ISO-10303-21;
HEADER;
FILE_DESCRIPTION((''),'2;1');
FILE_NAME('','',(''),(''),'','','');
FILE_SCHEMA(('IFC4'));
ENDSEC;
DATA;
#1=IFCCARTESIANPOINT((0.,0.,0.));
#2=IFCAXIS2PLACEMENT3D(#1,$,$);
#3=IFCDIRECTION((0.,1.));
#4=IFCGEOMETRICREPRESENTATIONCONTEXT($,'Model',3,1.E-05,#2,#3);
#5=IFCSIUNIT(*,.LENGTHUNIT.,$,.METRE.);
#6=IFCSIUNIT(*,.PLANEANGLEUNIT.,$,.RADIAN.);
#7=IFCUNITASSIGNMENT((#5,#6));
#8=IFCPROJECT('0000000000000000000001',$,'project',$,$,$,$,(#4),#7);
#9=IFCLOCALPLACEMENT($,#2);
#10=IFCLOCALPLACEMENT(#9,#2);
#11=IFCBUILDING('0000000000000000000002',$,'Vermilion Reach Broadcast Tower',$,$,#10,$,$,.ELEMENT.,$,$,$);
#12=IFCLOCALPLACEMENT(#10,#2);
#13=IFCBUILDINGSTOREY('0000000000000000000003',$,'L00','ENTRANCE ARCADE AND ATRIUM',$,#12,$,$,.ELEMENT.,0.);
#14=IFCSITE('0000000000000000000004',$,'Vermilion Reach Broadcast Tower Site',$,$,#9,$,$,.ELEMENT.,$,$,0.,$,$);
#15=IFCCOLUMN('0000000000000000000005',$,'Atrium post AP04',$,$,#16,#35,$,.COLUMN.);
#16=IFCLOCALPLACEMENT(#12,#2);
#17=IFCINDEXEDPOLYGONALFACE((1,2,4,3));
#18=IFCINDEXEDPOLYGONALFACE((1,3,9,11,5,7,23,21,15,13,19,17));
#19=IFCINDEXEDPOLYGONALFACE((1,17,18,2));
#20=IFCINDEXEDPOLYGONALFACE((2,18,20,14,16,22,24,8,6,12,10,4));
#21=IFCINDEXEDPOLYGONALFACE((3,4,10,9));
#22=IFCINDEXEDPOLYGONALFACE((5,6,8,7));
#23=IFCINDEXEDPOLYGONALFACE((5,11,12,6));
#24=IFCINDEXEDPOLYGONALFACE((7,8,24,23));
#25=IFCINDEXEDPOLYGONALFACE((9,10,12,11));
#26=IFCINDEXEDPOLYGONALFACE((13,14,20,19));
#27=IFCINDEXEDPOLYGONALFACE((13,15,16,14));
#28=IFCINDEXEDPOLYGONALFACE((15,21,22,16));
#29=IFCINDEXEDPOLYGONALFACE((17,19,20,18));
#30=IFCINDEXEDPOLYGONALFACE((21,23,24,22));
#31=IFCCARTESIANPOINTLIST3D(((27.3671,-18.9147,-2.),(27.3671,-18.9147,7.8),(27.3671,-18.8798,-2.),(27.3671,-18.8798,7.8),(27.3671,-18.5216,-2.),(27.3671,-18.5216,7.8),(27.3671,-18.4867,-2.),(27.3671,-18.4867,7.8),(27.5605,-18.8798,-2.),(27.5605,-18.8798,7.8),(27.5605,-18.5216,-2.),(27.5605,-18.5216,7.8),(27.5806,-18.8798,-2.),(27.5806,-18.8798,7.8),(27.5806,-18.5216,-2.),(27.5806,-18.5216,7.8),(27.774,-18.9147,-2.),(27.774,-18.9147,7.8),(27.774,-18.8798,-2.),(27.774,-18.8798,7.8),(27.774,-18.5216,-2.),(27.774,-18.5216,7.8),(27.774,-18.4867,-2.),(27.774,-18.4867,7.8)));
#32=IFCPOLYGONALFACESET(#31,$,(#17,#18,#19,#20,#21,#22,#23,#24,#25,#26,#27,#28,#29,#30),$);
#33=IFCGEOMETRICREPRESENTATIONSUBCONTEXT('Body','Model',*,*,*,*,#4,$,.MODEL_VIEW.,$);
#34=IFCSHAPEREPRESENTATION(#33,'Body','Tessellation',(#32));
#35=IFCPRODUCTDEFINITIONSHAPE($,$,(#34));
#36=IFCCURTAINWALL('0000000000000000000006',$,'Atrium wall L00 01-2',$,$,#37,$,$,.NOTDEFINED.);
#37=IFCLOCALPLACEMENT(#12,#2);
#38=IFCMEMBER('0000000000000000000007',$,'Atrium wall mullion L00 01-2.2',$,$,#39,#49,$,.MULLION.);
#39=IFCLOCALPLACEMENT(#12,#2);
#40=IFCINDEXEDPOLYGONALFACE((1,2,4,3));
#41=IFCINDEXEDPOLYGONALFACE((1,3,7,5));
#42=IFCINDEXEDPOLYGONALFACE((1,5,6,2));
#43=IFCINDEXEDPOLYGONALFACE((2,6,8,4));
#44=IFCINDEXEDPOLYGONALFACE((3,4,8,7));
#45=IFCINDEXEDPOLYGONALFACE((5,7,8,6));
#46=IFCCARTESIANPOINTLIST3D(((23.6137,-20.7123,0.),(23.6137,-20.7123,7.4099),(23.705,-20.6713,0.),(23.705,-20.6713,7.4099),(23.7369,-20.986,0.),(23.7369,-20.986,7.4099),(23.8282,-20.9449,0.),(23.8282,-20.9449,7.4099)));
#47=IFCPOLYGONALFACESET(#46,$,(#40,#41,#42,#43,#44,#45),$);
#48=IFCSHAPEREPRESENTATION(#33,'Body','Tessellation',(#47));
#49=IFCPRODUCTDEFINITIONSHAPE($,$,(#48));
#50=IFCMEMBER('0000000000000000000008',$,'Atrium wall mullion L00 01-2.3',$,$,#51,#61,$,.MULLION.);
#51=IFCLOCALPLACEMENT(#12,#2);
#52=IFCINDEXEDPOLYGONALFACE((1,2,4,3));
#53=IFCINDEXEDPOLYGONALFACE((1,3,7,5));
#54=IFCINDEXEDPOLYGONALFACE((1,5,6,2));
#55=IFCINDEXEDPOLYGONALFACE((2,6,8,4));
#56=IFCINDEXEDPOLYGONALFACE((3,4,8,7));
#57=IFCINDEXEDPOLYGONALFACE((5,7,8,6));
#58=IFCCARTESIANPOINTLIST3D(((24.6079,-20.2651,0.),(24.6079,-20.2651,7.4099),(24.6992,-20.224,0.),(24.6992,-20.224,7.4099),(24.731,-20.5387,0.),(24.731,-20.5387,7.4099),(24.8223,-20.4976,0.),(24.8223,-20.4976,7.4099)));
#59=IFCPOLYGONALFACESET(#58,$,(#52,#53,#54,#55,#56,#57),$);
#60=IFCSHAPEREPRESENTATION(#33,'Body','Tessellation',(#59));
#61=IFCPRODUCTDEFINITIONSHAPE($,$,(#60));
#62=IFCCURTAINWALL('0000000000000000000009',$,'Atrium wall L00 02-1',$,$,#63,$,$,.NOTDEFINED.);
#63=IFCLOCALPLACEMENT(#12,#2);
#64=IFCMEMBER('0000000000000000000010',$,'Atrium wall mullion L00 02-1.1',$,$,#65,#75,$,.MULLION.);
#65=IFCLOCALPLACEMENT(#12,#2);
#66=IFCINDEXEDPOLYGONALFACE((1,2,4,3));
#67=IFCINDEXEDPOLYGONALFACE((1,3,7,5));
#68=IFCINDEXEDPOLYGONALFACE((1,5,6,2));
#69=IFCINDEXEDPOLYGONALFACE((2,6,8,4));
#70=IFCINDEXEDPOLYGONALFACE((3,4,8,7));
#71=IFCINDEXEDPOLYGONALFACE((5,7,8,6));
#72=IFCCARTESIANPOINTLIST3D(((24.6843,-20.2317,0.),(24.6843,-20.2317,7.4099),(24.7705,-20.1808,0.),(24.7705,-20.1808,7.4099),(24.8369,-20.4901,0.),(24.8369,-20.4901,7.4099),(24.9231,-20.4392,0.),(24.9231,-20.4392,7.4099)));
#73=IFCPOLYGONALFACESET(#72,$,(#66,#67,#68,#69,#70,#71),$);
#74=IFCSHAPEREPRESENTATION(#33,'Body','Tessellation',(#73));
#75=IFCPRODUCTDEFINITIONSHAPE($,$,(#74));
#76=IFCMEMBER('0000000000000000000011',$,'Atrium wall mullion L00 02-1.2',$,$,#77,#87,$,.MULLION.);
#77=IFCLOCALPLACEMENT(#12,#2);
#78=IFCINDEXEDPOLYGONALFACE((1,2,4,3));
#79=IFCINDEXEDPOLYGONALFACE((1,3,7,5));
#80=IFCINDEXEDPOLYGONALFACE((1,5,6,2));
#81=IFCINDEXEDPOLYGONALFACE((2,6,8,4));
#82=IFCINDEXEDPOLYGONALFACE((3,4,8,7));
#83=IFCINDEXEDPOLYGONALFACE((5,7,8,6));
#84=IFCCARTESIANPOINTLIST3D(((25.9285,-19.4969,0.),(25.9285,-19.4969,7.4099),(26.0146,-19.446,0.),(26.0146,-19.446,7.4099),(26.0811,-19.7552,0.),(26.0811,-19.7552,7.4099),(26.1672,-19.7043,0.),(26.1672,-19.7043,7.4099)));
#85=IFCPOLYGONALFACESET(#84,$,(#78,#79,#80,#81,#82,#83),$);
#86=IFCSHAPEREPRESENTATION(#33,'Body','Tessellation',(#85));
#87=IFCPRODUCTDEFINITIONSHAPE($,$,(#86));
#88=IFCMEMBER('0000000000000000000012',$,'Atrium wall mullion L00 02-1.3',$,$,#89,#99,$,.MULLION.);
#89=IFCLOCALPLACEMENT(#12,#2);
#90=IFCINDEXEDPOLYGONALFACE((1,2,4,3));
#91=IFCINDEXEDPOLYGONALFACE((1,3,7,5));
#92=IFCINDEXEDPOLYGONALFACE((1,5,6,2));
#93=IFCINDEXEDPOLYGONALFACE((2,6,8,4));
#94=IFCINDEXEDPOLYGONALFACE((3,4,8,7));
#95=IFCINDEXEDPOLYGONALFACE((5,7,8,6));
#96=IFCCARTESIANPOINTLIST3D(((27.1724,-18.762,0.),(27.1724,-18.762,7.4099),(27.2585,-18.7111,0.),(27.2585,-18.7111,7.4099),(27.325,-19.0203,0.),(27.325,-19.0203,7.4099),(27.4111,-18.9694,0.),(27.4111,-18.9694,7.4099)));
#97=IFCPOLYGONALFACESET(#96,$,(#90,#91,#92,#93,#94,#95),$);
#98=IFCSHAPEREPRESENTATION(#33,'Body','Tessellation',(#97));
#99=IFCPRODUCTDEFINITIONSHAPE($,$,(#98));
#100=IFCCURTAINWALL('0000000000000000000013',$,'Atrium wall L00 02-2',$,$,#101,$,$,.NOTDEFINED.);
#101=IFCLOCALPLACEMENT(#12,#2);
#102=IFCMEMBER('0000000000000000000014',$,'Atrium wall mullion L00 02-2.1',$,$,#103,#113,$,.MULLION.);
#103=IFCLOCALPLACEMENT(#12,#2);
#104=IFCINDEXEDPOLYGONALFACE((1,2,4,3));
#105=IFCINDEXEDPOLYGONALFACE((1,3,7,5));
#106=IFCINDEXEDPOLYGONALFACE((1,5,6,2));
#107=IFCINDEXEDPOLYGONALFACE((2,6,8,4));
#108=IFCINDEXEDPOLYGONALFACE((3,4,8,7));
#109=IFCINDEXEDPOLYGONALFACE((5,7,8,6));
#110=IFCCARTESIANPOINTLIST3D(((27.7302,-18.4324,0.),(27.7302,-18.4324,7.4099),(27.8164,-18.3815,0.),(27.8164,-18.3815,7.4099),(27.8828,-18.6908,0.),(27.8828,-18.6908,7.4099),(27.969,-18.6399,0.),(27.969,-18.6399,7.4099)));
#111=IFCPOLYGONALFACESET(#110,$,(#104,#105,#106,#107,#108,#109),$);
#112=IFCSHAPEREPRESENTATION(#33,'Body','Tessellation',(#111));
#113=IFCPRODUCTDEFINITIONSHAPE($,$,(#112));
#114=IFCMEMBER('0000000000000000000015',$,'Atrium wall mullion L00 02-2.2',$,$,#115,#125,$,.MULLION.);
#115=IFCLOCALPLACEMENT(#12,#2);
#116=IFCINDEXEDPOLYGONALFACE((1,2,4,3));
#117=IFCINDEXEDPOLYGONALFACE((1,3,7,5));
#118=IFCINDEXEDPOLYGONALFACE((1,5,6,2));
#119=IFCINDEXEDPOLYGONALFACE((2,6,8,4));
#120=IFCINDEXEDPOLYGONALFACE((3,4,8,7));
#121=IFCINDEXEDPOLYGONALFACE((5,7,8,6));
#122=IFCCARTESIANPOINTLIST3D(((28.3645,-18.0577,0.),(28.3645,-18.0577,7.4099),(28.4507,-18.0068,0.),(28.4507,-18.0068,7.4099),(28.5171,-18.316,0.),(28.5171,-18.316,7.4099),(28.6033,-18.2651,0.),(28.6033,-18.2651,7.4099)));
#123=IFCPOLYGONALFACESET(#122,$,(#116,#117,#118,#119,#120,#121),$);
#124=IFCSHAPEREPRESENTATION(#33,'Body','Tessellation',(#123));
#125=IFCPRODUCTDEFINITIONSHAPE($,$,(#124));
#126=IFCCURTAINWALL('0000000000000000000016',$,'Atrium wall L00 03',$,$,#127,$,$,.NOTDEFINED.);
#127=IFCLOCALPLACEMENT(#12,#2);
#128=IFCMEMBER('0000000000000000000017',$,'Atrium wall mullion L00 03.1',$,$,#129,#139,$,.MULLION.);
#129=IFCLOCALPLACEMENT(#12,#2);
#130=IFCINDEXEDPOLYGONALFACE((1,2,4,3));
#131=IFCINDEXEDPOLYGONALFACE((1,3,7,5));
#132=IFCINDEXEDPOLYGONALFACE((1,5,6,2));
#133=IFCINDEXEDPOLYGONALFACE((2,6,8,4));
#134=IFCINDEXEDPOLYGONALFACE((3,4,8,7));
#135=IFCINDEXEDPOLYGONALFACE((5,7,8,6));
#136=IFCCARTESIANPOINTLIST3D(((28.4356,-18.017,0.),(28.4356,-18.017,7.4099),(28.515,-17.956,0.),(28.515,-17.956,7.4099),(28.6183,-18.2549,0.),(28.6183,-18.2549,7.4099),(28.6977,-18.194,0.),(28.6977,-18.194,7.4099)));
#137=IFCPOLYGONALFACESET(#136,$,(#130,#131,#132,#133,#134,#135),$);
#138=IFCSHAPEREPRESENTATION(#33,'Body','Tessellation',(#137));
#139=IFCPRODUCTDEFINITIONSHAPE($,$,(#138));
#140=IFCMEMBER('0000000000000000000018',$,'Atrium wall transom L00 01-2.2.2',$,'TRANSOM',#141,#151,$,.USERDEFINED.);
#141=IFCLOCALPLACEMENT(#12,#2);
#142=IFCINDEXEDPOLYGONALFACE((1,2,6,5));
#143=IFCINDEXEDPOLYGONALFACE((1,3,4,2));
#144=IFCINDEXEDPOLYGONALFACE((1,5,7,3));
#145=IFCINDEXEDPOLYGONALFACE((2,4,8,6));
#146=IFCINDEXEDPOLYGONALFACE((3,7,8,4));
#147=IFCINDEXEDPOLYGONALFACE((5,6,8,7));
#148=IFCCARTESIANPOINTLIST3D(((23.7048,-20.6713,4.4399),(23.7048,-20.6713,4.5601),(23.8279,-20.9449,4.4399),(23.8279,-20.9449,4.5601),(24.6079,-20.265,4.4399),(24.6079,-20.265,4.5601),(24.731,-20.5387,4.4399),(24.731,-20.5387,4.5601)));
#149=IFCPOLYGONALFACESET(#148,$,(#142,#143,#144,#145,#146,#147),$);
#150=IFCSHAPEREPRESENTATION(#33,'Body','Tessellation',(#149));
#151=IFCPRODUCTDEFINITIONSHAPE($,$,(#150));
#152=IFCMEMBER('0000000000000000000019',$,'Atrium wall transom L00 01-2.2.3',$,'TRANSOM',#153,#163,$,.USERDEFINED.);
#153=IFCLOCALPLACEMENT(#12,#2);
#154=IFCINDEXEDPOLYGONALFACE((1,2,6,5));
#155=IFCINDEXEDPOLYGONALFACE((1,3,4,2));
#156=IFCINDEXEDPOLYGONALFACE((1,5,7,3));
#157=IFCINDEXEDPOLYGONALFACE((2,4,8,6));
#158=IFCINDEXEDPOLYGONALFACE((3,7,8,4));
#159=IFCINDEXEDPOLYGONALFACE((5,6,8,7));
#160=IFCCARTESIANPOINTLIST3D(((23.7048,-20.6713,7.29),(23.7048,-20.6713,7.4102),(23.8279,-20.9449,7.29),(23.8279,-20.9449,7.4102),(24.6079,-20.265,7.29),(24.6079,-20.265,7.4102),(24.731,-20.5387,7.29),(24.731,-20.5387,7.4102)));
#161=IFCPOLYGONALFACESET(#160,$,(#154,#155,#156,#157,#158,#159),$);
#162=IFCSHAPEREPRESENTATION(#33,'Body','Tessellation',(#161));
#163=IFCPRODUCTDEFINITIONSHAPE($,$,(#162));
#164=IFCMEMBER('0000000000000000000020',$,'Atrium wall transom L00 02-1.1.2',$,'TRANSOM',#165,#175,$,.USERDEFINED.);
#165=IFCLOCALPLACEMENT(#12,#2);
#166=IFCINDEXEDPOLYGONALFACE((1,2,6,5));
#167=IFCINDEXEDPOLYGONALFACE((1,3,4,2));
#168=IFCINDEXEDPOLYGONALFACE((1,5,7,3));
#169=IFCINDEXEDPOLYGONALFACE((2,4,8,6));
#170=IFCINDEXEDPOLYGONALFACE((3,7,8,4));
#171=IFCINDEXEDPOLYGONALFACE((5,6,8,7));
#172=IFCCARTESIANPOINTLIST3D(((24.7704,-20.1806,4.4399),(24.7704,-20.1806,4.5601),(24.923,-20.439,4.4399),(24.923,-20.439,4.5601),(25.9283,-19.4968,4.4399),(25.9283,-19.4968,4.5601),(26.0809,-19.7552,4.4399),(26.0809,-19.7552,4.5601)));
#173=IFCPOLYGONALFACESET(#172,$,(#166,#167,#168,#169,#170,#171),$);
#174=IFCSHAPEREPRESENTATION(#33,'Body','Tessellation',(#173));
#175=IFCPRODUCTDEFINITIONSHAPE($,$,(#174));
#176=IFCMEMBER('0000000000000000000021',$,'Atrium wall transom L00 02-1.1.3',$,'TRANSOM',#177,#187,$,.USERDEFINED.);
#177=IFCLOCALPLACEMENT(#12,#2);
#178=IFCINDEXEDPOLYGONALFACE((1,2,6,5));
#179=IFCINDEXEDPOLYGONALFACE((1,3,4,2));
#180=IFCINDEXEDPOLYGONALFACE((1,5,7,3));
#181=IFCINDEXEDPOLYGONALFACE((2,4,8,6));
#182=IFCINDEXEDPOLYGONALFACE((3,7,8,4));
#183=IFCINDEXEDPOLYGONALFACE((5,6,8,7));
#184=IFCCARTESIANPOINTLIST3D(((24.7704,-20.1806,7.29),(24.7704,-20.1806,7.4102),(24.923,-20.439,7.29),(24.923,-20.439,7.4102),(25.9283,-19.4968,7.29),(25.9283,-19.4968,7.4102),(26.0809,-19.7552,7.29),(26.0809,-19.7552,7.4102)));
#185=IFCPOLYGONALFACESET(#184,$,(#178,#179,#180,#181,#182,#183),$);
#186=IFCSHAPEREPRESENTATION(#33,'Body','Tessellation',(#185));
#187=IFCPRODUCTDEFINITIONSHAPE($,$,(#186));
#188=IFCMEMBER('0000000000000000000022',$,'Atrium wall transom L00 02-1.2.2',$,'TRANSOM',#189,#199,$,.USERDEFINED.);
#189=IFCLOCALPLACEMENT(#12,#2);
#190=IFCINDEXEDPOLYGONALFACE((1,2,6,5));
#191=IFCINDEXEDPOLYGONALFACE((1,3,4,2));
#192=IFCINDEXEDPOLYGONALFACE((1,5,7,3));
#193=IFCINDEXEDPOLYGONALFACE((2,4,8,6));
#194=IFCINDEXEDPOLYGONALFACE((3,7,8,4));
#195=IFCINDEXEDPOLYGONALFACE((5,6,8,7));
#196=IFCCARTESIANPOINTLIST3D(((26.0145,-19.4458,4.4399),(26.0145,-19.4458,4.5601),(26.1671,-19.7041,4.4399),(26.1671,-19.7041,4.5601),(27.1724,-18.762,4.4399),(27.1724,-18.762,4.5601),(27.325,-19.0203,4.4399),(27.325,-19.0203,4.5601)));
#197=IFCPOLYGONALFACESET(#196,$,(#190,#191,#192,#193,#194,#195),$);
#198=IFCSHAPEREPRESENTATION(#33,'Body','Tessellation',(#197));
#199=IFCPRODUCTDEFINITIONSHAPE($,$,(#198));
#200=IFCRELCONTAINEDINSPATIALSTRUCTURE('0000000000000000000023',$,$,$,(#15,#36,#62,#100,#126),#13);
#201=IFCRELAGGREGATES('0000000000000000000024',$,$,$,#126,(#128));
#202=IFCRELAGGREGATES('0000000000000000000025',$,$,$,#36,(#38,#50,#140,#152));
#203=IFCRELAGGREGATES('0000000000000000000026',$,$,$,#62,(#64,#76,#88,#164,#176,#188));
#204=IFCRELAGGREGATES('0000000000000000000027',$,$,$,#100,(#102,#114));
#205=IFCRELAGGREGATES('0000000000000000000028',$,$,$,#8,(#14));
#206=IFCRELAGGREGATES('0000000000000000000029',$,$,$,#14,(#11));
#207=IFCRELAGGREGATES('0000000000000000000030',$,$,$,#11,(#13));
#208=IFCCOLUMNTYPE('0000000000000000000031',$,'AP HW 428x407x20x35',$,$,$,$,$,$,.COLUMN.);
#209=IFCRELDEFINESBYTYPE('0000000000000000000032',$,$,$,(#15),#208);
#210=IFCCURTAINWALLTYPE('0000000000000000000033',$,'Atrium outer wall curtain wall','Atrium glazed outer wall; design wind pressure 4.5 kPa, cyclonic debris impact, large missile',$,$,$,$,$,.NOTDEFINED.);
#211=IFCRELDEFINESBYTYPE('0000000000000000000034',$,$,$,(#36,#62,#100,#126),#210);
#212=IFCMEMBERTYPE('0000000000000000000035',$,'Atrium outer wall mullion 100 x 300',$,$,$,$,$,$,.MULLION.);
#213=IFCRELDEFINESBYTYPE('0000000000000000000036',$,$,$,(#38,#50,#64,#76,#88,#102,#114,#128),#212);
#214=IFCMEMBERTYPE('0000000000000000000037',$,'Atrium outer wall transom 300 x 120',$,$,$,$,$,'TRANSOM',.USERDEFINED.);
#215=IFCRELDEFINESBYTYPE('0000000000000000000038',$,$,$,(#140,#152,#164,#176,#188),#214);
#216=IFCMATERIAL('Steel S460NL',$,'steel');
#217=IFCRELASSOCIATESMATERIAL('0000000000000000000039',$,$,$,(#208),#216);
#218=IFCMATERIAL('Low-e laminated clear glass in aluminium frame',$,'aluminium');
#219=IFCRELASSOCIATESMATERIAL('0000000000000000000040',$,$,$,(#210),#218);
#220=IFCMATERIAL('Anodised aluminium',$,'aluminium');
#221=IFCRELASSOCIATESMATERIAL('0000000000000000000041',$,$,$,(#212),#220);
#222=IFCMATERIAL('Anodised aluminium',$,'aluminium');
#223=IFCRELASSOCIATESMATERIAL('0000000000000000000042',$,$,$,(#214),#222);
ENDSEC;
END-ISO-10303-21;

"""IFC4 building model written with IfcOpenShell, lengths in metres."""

from ifc_helpers import new_model, si_unit, direction, frame, origin, origin_2d, place, context, subcontext, project, spatial, rectangle, i_section, extrude, material, material_profile, profile_set, type_object, element, aggregate, save


model = new_model("IFC4")

# Units and contexts
model_context = context("Model", 3, precision=1e-05, world=origin(), true_north=direction((0.0, 1.0)))
body_context = subcontext(model_context, "Body", "Model", "MODEL_VIEW")
ifc_project = project(units=[si_unit("LENGTHUNIT", "METRE"), si_unit("PLANEANGLEUNIT", "RADIAN")], contexts=[model_context])

# Site, building, storey
site_placement = place(None, origin())
site = spatial("IfcSite", under=ifc_project, at=site_placement, Name="Vermilion Reach Broadcast Tower Site", CompositionType="ELEMENT", RefElevation=0.0)
building_placement = place(site_placement, origin())
building = spatial("IfcBuilding", under=site, at=building_placement, Name="Vermilion Reach Broadcast Tower", CompositionType="ELEMENT")
storey_placement = place(building_placement, origin())
storey = spatial("IfcBuildingStorey", under=building, at=storey_placement, Name="L00", Description="ENTRANCE ARCADE AND ATRIUM", CompositionType="ELEMENT", Elevation=0.0)

# Column
ifc_material_1 = material(Name="Steel S460NL", Category="steel")
ifc_material_profile_1 = material_profile(ifc_material_1, i_section(OverallWidth=0.407, OverallDepth=0.428, WebThickness=0.02, FlangeThickness=0.0349, at=origin_2d()), Name="S460NL HW 428x407x20x35")
ifc_profile_set_1 = profile_set([ifc_material_profile_1], Name="Steel S460NL")
column_type = type_object("IfcColumnType", Name="AP HW 428x407x20x35", PredefinedType="COLUMN", material=ifc_profile_set_1)
column_placement = place(storey_placement, frame((27.5706, -18.7007, -2.0), z_axis=(0.0, 0.0, 1.0), x_axis=(1.0, 0.0, 0.0)))
element("IfcColumn", 1, at=column_placement, inside=storey, type_object=column_type, Name="Atrium post AP04", PredefinedType="COLUMN", context=body_context, shape_type="SweptSolid", body=[
    extrude(i_section(OverallWidth=0.407, OverallDepth=0.428, WebThickness=0.02, FlangeThickness=0.0349, at=origin_2d()), origin(), (0.0, 0.0, 1.0), 9.8),
])

# Curtain walls, members
ifc_material_2 = material(Name="Low-e laminated clear glass in aluminium frame", Category="aluminium")
curtain_wall_type = type_object("IfcCurtainWallType", Name="Atrium outer wall curtain wall", Description="Atrium glazed outer wall; design wind pressure 4.5 kPa, cyclonic debris impact, large missile", PredefinedType="NOTDEFINED", material=ifc_material_2)
placement = place(storey_placement, origin())
curtain_wall_1 = element("IfcCurtainWall", 2, at=placement, inside=storey, type_object=curtain_wall_type, Name="Atrium wall L00 01-2", PredefinedType="NOTDEFINED")
ifc_material_3 = material(Name="Anodised aluminium", Category="aluminium")
ifc_material_profile_2 = material_profile(ifc_material_3, rectangle(XDim=0.3, YDim=0.1001, at=origin_2d()), Name="Atrium outer wall mullion 100 x 300")
ifc_profile_set_2 = profile_set([ifc_material_profile_2], Name="Anodised aluminium")
member_type_1 = type_object("IfcMemberType", Name="Atrium outer wall mullion 100 x 300", PredefinedType="MULLION", material=ifc_profile_set_2)
member_1_placement = place(storey_placement, frame((23.7209, -20.8286, 0.0), z_axis=(0.0, 0.0, 1.0), x_axis=(-0.410408, 0.911902, 0.0)))
member_1 = element("IfcMember", 3, at=member_1_placement, type_object=member_type_1, Name="Atrium wall mullion L00 01-2.2", PredefinedType="MULLION", context=body_context, shape_type="SweptSolid", body=[
    extrude(rectangle(XDim=0.3, YDim=0.1001, at=origin_2d()), origin(), (0.0, 0.0, 1.0), 7.4099),
])
member_2_placement = place(storey_placement, frame((24.7151, -20.3813, 0.0), z_axis=(0.0, 0.0, 1.0), x_axis=(-0.410408, 0.911902, 0.0)))
member_2 = element("IfcMember", 4, at=member_2_placement, type_object=member_type_1, Name="Atrium wall mullion L00 01-2.3", PredefinedType="MULLION", context=body_context, shape_type="SweptSolid", body=[
    extrude(rectangle(XDim=0.3, YDim=0.1001, at=origin_2d()), origin(), (0.0, 0.0, 1.0), 7.4099),
])
curtain_wall_2 = element("IfcCurtainWall", 5, at=placement, inside=storey, type_object=curtain_wall_type, Name="Atrium wall L00 02-1", PredefinedType="NOTDEFINED")
member_3_placement = place(storey_placement, frame((24.8037, -20.3354, 0.0), z_axis=(0.0, 0.0, 1.0), x_axis=(-0.50859, 0.861009, 0.0)))
member_3 = element("IfcMember", 6, at=member_3_placement, type_object=member_type_1, Name="Atrium wall mullion L00 02-1.1", PredefinedType="MULLION", context=body_context, shape_type="SweptSolid", body=[
    extrude(rectangle(XDim=0.3, YDim=0.1001, at=origin_2d()), origin(), (0.0, 0.0, 1.0), 7.4099),
])
member_4_placement = place(storey_placement, frame((26.0479, -19.6006, 0.0), z_axis=(0.0, 0.0, 1.0), x_axis=(-0.50859, 0.861009, 0.0)))
member_4 = element("IfcMember", 7, at=member_4_placement, type_object=member_type_1, Name="Atrium wall mullion L00 02-1.2", PredefinedType="MULLION", context=body_context, shape_type="SweptSolid", body=[
    extrude(rectangle(XDim=0.3, YDim=0.1001, at=origin_2d()), origin(), (0.0, 0.0, 1.0), 7.4099),
])
member_5_placement = place(storey_placement, frame((27.2917, -18.8657, 0.0), z_axis=(0.0, 0.0, 1.0), x_axis=(-0.50859, 0.861009, 0.0)))
member_5 = element("IfcMember", 8, at=member_5_placement, type_object=member_type_1, Name="Atrium wall mullion L00 02-1.3", PredefinedType="MULLION", context=body_context, shape_type="SweptSolid", body=[
    extrude(rectangle(XDim=0.3, YDim=0.1001, at=origin_2d()), origin(), (0.0, 0.0, 1.0), 7.4099),
])
curtain_wall_3 = element("IfcCurtainWall", 9, at=placement, inside=storey, type_object=curtain_wall_type, Name="Atrium wall L00 02-2", PredefinedType="NOTDEFINED")
member_6_placement = place(storey_placement, frame((27.8496, -18.5361, 0.0), z_axis=(0.0, 0.0, 1.0), x_axis=(-0.50859, 0.861009, 0.0)))
member_6 = element("IfcMember", 10, at=member_6_placement, type_object=member_type_1, Name="Atrium wall mullion L00 02-2.1", PredefinedType="MULLION", context=body_context, shape_type="SweptSolid", body=[
    extrude(rectangle(XDim=0.3, YDim=0.1001, at=origin_2d()), origin(), (0.0, 0.0, 1.0), 7.4099),
])
member_7_placement = place(storey_placement, frame((28.4839, -18.1614, 0.0), z_axis=(0.0, 0.0, 1.0), x_axis=(-0.50859, 0.861009, 0.0)))
member_7 = element("IfcMember", 11, at=member_7_placement, type_object=member_type_1, Name="Atrium wall mullion L00 02-2.2", PredefinedType="MULLION", context=body_context, shape_type="SweptSolid", body=[
    extrude(rectangle(XDim=0.3, YDim=0.1001, at=origin_2d()), origin(), (0.0, 0.0, 1.0), 7.4099),
])

# Curtain wall, member
curtain_wall_4 = element("IfcCurtainWall", 12, at=placement, inside=storey, type_object=curtain_wall_type, Name="Atrium wall L00 03", PredefinedType="NOTDEFINED")
member_8_placement = place(storey_placement, frame((28.5667, -18.1055, 0.0), z_axis=(0.0, 0.0, 1.0), x_axis=(-0.609114, 0.793083, 0.0)))
member_8 = element("IfcMember", 13, at=member_8_placement, type_object=member_type_1, Name="Atrium wall mullion L00 03.1", PredefinedType="MULLION", context=body_context, shape_type="SweptSolid", body=[
    extrude(rectangle(XDim=0.3, YDim=0.1001, at=origin_2d()), origin(), (0.0, 0.0, 1.0), 7.4099),
])

# Members
ifc_material_4 = material(Name="Anodised aluminium", Category="aluminium")
ifc_material_profile_3 = material_profile(ifc_material_4, rectangle(XDim=0.3, YDim=0.1201, at=origin_2d()), Name="Atrium outer wall transom 300 x 120")
ifc_profile_set_3 = profile_set([ifc_material_profile_3], Name="Anodised aluminium")
member_type_2 = type_object("IfcMemberType", Name="Atrium outer wall transom 300 x 120", ElementType="TRANSOM", PredefinedType="USERDEFINED", material=ifc_profile_set_3)
member_9_placement = place(storey_placement, frame((23.7664, -20.8081, 4.5), z_axis=(0.911972, 0.410252, 0.0), x_axis=(-0.410252, 0.911972, 0.0)))
member_9 = element("IfcMember", 14, at=member_9_placement, type_object=member_type_2, Name="Atrium wall transom L00 01-2.2.2", ObjectType="TRANSOM", PredefinedType="USERDEFINED", context=body_context, shape_type="SweptSolid", body=[
    extrude(rectangle(XDim=0.3, YDim=0.1201, at=origin_2d()), origin(), (0.0, 0.0, 1.0), 0.9902),
])
member_10_placement = place(storey_placement, frame((23.7664, -20.8081, 7.3501), z_axis=(0.911972, 0.410252, 0.0), x_axis=(-0.410252, 0.911972, 0.0)))
member_10 = element("IfcMember", 15, at=member_10_placement, type_object=member_type_2, Name="Atrium wall transom L00 01-2.2.3", ObjectType="TRANSOM", PredefinedType="USERDEFINED", context=body_context, shape_type="SweptSolid", body=[
    extrude(rectangle(XDim=0.3, YDim=0.1201, at=origin_2d()), origin(), (0.0, 0.0, 1.0), 0.9902),
])
member_11_placement = place(storey_placement, frame((24.8467, -20.3098, 4.5), z_axis=(0.86106, 0.508503, 0.0), x_axis=(-0.508503, 0.86106, 0.0)))
member_11 = element("IfcMember", 16, at=member_11_placement, type_object=member_type_2, Name="Atrium wall transom L00 02-1.1.2", ObjectType="TRANSOM", PredefinedType="USERDEFINED", context=body_context, shape_type="SweptSolid", body=[
    extrude(rectangle(XDim=0.3, YDim=0.1201, at=origin_2d()), origin(), (0.0, 0.0, 1.0), 1.3447),
])
member_12_placement = place(storey_placement, frame((24.8467, -20.3098, 7.3501), z_axis=(0.86106, 0.508503, 0.0), x_axis=(-0.508503, 0.86106, 0.0)))
member_12 = element("IfcMember", 17, at=member_12_placement, type_object=member_type_2, Name="Atrium wall transom L00 02-1.1.3", ObjectType="TRANSOM", PredefinedType="USERDEFINED", context=body_context, shape_type="SweptSolid", body=[
    extrude(rectangle(XDim=0.3, YDim=0.1201, at=origin_2d()), origin(), (0.0, 0.0, 1.0), 1.3447),
])
member_13_placement = place(storey_placement, frame((26.0908, -19.575, 4.5), z_axis=(0.86106, 0.508503, 0.0), x_axis=(-0.508503, 0.86106, 0.0)))
member_13 = element("IfcMember", 18, at=member_13_placement, type_object=member_type_2, Name="Atrium wall transom L00 02-1.2.2", ObjectType="TRANSOM", PredefinedType="USERDEFINED", context=body_context, shape_type="SweptSolid", body=[
    extrude(rectangle(XDim=0.3, YDim=0.1201, at=origin_2d()), origin(), (0.0, 0.0, 1.0), 1.3447),
])
aggregate(curtain_wall_4, [member_8])

aggregate(curtain_wall_1, [member_1, member_2, member_9, member_10])
aggregate(curtain_wall_2, [member_3, member_4, member_5, member_11, member_12, member_13])
aggregate(curtain_wall_3, [member_6, member_7])

save(model, "model.ifc")
